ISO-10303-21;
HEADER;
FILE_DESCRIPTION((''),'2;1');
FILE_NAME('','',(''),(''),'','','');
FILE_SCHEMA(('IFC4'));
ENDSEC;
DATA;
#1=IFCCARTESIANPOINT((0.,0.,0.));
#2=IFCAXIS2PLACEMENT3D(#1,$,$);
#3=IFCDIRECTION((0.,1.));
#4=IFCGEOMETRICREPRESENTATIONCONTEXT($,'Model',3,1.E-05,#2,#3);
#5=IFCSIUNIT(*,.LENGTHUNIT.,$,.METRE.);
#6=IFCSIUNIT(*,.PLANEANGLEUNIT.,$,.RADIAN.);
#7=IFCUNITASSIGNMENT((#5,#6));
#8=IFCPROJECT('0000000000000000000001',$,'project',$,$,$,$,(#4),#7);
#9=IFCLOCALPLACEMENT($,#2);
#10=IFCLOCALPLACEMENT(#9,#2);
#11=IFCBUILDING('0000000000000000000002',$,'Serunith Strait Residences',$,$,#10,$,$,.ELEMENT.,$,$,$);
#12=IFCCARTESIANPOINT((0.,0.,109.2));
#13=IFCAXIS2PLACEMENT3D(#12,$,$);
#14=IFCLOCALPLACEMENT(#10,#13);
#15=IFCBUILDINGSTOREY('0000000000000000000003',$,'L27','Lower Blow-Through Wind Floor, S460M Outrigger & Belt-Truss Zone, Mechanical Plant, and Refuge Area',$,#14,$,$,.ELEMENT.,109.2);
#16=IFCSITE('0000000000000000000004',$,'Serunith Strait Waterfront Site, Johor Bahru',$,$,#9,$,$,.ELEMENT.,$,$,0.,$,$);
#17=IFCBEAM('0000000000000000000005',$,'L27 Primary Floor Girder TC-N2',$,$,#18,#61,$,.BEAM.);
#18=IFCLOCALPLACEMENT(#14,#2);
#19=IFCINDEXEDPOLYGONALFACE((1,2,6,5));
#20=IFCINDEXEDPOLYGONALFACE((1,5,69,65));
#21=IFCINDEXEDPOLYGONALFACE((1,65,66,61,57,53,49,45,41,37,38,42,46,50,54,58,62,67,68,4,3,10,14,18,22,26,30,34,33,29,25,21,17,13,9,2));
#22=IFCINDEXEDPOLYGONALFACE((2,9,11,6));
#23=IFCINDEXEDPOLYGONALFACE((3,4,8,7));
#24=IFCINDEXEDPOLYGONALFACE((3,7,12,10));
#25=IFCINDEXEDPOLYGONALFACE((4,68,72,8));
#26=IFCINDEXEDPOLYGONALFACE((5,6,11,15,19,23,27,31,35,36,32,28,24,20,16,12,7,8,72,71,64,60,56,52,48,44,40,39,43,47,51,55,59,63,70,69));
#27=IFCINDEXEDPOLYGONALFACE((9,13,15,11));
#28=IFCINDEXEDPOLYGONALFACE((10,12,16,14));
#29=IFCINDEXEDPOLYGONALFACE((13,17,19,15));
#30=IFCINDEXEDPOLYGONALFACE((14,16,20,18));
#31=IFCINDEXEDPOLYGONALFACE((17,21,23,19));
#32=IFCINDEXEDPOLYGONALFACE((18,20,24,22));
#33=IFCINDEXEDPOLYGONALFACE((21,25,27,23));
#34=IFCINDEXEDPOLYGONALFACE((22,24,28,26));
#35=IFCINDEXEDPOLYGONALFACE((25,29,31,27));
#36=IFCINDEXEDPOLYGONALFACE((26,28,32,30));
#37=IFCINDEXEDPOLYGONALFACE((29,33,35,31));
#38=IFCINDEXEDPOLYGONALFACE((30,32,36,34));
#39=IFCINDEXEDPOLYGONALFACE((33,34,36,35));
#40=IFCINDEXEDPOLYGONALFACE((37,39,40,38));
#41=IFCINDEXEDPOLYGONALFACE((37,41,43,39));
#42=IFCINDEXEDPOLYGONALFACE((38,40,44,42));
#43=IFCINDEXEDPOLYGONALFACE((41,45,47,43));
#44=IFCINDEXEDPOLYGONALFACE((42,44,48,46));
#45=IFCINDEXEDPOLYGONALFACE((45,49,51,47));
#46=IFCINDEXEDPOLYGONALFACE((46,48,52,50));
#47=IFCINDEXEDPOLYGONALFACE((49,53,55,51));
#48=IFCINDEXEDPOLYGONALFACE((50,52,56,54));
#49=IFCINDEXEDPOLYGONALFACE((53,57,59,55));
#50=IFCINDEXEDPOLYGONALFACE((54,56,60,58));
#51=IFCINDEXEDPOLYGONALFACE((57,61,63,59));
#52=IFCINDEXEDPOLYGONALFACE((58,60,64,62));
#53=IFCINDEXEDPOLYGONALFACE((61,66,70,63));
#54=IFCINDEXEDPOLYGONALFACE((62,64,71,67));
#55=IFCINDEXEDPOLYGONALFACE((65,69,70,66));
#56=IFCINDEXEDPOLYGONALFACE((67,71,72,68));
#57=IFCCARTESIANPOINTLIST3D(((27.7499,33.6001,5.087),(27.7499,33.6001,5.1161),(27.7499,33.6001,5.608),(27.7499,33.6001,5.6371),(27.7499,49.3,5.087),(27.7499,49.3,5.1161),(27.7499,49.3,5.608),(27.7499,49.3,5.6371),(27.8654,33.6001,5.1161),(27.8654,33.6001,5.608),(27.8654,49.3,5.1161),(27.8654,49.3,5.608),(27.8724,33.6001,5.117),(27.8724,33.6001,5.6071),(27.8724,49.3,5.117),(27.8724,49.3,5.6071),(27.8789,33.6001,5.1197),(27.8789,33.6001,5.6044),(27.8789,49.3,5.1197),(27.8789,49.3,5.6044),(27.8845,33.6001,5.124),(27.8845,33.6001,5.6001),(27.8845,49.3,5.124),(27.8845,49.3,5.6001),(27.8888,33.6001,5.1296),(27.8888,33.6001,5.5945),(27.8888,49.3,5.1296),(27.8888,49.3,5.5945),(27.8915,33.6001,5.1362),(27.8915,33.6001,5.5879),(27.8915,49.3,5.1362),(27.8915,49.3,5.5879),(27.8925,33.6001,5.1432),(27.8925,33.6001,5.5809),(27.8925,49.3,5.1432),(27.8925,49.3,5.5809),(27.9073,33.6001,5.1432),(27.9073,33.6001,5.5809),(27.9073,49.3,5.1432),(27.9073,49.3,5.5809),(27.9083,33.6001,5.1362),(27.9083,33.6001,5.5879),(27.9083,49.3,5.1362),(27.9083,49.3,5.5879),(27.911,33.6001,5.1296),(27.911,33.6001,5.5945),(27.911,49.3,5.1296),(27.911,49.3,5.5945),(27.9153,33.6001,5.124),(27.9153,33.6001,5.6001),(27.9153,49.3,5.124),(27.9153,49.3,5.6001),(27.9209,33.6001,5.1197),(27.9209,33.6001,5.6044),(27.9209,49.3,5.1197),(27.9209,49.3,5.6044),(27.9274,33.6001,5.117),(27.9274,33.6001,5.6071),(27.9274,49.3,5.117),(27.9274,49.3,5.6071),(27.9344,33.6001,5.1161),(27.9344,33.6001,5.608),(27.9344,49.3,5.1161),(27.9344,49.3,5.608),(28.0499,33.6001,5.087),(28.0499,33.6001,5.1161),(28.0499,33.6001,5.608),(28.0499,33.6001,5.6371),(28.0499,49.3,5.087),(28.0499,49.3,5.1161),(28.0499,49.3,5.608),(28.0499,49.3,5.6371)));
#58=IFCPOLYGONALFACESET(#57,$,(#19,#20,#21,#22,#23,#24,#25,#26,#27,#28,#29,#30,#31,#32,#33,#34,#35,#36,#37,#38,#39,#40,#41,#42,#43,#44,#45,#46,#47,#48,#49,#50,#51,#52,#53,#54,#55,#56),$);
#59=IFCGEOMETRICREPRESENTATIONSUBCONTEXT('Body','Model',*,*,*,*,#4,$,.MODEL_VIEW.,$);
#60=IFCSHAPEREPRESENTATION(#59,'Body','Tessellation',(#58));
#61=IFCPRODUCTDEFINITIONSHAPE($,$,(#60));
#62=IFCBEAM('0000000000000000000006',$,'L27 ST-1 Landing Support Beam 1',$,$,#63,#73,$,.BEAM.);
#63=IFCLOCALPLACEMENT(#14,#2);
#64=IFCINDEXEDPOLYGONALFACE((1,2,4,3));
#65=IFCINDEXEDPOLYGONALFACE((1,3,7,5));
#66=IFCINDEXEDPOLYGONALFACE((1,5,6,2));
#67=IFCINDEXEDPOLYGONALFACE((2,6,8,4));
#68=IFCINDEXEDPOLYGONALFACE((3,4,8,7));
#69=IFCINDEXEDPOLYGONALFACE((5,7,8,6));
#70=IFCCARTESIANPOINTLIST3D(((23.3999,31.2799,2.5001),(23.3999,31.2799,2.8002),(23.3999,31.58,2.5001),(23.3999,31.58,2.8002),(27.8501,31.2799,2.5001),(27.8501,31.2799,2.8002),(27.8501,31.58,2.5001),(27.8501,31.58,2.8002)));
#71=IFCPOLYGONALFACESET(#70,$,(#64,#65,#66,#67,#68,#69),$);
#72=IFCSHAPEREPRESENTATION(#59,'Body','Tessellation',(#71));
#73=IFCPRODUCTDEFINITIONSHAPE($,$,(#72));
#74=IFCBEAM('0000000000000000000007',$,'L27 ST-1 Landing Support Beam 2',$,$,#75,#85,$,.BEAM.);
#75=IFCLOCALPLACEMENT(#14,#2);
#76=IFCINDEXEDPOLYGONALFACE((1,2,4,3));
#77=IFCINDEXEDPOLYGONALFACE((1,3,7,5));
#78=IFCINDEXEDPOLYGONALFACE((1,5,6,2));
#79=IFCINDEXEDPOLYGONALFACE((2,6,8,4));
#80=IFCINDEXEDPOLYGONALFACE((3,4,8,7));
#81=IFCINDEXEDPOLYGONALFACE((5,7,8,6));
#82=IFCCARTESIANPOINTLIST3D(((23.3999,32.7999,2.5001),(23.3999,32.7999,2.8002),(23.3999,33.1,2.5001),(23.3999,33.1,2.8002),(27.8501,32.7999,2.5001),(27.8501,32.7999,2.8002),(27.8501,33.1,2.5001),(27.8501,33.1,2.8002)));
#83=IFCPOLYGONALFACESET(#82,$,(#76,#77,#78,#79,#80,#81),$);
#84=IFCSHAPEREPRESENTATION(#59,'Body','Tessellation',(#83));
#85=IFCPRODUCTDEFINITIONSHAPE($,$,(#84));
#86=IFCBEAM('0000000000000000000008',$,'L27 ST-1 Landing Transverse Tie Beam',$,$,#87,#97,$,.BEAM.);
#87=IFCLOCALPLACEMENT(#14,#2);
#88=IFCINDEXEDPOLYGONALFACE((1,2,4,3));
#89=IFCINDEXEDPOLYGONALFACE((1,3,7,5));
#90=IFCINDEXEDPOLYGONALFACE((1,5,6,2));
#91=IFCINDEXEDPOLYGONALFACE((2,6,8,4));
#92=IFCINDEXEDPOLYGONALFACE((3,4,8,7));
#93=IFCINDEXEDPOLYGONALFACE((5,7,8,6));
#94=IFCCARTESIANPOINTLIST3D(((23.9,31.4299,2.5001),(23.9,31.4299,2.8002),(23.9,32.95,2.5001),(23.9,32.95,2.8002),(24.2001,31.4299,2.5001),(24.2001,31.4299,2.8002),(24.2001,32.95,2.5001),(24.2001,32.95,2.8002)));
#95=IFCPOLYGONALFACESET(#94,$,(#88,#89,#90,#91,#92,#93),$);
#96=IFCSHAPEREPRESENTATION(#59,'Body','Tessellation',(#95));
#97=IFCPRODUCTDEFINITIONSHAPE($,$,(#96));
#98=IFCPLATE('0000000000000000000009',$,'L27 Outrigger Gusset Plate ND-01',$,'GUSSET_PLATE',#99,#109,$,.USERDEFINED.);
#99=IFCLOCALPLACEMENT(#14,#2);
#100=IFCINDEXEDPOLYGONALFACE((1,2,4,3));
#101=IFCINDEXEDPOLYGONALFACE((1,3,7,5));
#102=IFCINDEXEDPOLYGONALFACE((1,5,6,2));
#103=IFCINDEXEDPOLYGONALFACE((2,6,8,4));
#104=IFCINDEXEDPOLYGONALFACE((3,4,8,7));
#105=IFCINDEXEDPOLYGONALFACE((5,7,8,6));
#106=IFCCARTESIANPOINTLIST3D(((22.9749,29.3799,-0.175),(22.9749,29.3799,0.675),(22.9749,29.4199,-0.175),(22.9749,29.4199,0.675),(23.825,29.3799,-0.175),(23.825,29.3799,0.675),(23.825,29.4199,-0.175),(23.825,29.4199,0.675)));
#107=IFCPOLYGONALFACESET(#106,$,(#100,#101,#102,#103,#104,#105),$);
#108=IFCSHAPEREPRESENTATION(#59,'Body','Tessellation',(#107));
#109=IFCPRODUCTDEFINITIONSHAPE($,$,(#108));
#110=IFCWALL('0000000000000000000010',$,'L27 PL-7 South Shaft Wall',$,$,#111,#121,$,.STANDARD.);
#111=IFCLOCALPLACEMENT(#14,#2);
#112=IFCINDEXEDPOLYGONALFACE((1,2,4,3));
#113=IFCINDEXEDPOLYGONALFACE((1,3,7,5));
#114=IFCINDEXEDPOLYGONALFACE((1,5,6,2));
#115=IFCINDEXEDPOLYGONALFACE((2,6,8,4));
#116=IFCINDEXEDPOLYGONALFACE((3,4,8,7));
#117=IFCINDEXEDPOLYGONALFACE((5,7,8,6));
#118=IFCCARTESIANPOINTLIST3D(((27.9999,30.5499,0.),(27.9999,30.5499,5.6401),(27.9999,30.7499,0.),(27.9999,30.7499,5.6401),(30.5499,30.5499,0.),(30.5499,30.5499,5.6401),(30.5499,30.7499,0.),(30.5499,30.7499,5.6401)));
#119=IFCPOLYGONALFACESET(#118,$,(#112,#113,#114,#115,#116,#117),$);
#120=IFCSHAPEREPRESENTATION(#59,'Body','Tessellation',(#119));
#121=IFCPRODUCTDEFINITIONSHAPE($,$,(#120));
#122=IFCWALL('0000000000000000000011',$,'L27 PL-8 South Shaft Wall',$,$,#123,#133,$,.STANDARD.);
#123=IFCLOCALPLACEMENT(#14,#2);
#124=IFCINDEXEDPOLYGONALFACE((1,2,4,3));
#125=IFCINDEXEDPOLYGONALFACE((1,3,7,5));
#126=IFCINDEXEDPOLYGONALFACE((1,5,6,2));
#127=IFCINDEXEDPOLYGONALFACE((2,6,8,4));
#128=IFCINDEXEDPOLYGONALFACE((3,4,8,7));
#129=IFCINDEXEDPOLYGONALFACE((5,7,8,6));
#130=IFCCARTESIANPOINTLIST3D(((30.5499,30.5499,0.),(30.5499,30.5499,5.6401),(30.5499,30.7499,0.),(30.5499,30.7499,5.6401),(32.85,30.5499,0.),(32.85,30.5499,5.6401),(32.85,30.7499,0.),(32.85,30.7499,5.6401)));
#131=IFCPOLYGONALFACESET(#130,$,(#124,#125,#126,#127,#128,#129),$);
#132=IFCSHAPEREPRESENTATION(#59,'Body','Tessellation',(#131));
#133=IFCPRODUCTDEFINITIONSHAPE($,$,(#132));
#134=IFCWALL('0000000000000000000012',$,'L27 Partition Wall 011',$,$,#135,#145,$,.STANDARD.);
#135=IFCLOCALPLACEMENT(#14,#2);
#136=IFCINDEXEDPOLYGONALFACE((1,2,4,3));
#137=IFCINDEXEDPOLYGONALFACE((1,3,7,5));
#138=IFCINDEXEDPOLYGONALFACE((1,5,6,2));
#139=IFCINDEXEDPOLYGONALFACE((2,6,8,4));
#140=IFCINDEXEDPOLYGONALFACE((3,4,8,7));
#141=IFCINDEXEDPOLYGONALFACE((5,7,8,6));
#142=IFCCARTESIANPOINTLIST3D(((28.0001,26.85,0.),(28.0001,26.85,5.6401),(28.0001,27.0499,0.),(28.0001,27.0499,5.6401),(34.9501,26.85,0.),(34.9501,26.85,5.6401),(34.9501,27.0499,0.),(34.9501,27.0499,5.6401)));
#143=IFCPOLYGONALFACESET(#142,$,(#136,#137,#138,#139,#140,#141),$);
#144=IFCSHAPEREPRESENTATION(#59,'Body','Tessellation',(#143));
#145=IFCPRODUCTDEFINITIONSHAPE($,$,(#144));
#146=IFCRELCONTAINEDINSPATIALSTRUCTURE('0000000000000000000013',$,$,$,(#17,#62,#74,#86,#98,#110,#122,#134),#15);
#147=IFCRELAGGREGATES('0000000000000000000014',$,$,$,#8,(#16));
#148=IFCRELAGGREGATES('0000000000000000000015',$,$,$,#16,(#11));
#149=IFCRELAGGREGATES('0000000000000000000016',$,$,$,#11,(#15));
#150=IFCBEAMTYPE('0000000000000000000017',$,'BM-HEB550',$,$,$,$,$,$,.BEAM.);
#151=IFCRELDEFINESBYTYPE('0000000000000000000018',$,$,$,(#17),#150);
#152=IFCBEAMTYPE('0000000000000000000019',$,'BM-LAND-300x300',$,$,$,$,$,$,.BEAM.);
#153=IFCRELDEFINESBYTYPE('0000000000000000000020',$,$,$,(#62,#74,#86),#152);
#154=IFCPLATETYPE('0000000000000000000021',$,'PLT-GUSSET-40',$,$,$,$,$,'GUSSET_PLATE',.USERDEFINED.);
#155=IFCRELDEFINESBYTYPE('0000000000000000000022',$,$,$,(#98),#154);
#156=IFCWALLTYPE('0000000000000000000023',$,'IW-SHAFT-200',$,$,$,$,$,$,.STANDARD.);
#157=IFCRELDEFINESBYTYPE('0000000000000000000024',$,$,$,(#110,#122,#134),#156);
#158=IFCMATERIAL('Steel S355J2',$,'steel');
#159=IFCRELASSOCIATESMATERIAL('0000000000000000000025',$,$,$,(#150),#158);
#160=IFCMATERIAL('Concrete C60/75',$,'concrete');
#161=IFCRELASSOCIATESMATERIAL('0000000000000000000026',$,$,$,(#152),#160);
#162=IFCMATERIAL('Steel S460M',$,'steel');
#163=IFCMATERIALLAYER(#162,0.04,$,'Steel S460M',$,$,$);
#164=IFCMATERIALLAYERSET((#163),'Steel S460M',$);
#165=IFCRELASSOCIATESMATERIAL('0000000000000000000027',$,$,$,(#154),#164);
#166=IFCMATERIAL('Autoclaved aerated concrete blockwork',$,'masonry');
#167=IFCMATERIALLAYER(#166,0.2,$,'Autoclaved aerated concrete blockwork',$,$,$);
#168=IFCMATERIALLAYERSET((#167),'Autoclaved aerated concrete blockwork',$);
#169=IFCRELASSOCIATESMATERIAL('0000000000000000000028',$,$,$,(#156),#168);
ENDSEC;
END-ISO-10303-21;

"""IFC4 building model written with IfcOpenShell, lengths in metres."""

from ifc_helpers import new_model, si_unit, direction, frame, frame_2d, origin, origin_2d, place, context, subcontext, project, spatial, rectangle, i_section, extrude, source, transform, mapped, material, layer, layer_set, material_profile, profile_set, type_object, element, save


model = new_model("IFC4")

# Units and contexts
model_context = context("Model", 3, precision=1e-05, world=origin(), true_north=direction((0.0, 1.0)))
body_context = subcontext(model_context, "Body", "Model", "MODEL_VIEW")
ifc_project = project(units=[si_unit("LENGTHUNIT", "METRE"), si_unit("PLANEANGLEUNIT", "RADIAN")], contexts=[model_context])

# Site, building, storey
site_placement = place(None, origin())
site = spatial("IfcSite", under=ifc_project, at=site_placement, Name="Serunith Strait Waterfront Site, Johor Bahru", CompositionType="ELEMENT", RefElevation=0.0)
building_placement = place(site_placement, origin())
building = spatial("IfcBuilding", under=site, at=building_placement, Name="Serunith Strait Residences", CompositionType="ELEMENT")
storey_placement = place(building_placement, frame((0.0, 0.0, 109.2)))
storey = spatial("IfcBuildingStorey", under=building, at=storey_placement, Name="L27", Description="Lower Blow-Through Wind Floor, S460M Outrigger & Belt-Truss Zone, Mechanical Plant, and Refuge Area", CompositionType="ELEMENT", Elevation=109.2)

# Beams
ifc_material_1 = material(Name="Steel S355J2", Category="steel")
ifc_material_profile_1 = material_profile(ifc_material_1, i_section(OverallWidth=0.3, OverallDepth=0.55, WebThickness=0.0149, FlangeThickness=0.0291, FilletRadius=0.0271, at=origin_2d()), Name="HEB 550")
ifc_profile_set_1 = profile_set([ifc_material_profile_1], Name="Steel S355J2")
beam_type_1 = type_object("IfcBeamType", Name="BM-HEB550", PredefinedType="BEAM", material=ifc_profile_set_1)
shared_shape_1 = source(origin(), body_context, "Body", "SweptSolid", [
    extrude(i_section(OverallWidth=0.3, OverallDepth=0.55, WebThickness=0.0149, FlangeThickness=0.0291, FilletRadius=0.0271, at=origin_2d()), origin(), (0.0, 0.0, 1.0), 15.7),
])
beam_1_placement = place(storey_placement, frame((27.8999, 33.6001, 5.3621), z_axis=(0.0, 1.0, 0.0), x_axis=(-1.0, 0.0, 0.0)))
element("IfcBeam", 1, at=beam_1_placement, inside=storey, type_object=beam_type_1, Name="L27 Primary Floor Girder TC-N2", PredefinedType="BEAM", context=body_context, shape_type="MappedRepresentation", body=[
    mapped(shared_shape_1, transform((0.0, 0.0, 0.0), scale=1.0)),
])
ifc_material_2 = material(Name="Concrete C60/75", Category="concrete")
ifc_material_profile_2 = material_profile(ifc_material_2, rectangle(XDim=0.3, YDim=0.3, at=origin_2d()), Name="RC 300x300")
ifc_profile_set_2 = profile_set([ifc_material_profile_2], Name="Concrete C60/75")
beam_type_2 = type_object("IfcBeamType", Name="BM-LAND-300x300", PredefinedType="BEAM", material=ifc_profile_set_2)
shared_shape_2 = source(origin(), body_context, "Body", "SweptSolid", [
    extrude(rectangle(XDim=0.3, YDim=0.3, at=origin_2d()), origin(), (0.0, 0.0, 1.0), 4.4502),
])
for number, where, z_axis, x_axis, name in (
    (2, (23.3999, 31.4299, 2.6501), (1.0, 0.0, 0.0), (0.0, 1.0, 0.0), "L27 ST-1 Landing Support Beam 1"),
    (3, (23.3999, 32.95, 2.6501), (1.0, 0.0, 0.0), (0.0, 1.0, 0.0), "L27 ST-1 Landing Support Beam 2"),
):
    element("IfcBeam", number, at=place(storey_placement, frame(where, z_axis=z_axis, x_axis=x_axis)), inside=storey, type_object=beam_type_2, Name=name, PredefinedType="BEAM", context=body_context, shape_type="MappedRepresentation", body=[
        mapped(shared_shape_2, transform((0.0, 0.0, 0.0), scale=1.0)),
    ])
shared_shape_3 = source(origin(), body_context, "Body", "SweptSolid", [
    extrude(rectangle(XDim=0.3, YDim=0.3, at=origin_2d()), origin(), (0.0, 0.0, 1.0), 1.52),
])
beam_2_placement = place(storey_placement, frame((24.05, 31.4299, 2.6501), z_axis=(0.0, 1.0, 0.0), x_axis=(-1.0, 0.0, 0.0)))
element("IfcBeam", 4, at=beam_2_placement, inside=storey, type_object=beam_type_2, Name="L27 ST-1 Landing Transverse Tie Beam", PredefinedType="BEAM", context=body_context, shape_type="MappedRepresentation", body=[
    mapped(shared_shape_3, transform((0.0, 0.0, 0.0), scale=1.0)),
])

# Plate
ifc_material_3 = material(Name="Steel S460M", Category="steel")
ifc_layer_1 = layer(ifc_material_3, 0.04, Name="Steel S460M")
ifc_layer_set_1 = layer_set([ifc_layer_1], Name="Steel S460M")
plate_type = type_object("IfcPlateType", Name="PLT-GUSSET-40", ElementType="GUSSET_PLATE", PredefinedType="USERDEFINED", material=ifc_layer_set_1)
shared_shape_4 = source(origin(), body_context, "Body", "SweptSolid", [
    extrude(rectangle(XDim=0.8501, YDim=0.04, at=origin_2d()), origin(), (0.0, 0.0, 1.0), 0.8501),
])
plate_placement = place(storey_placement, frame((23.3999, 29.3999, -0.175), z_axis=(0.0, 0.0, 1.0), x_axis=(-1.0, 0.0, 0.0)))
element("IfcPlate", 5, at=plate_placement, inside=storey, type_object=plate_type, Name="L27 Outrigger Gusset Plate ND-01", ObjectType="GUSSET_PLATE", PredefinedType="USERDEFINED", context=body_context, shape_type="MappedRepresentation", body=[
    mapped(shared_shape_4, transform((0.0, 0.0, 0.0), scale=1.0)),
])

# Walls
ifc_material_4 = material(Name="Autoclaved aerated concrete blockwork", Category="masonry")
ifc_layer_2 = layer(ifc_material_4, 0.2, Name="Autoclaved aerated concrete blockwork")
ifc_layer_set_2 = layer_set([ifc_layer_2], Name="Autoclaved aerated concrete blockwork")
wall_type = type_object("IfcWallType", Name="IW-SHAFT-200", PredefinedType="STANDARD", material=ifc_layer_set_2)
wall_1_placement = place(storey_placement, frame((28.0, 30.6499, 0.0), z_axis=(0.0, 0.0, 1.0), x_axis=(1.0, 0.0, 0.0)))
element("IfcWall", 6, at=wall_1_placement, inside=storey, type_object=wall_type, Name="L27 PL-7 South Shaft Wall", PredefinedType="STANDARD", context=body_context, shape_type="SweptSolid", body=[
    extrude(rectangle(XDim=2.55, YDim=0.2, at=frame_2d((1.2749, 0.0))), origin(), (0.0, 0.0, 1.0), 5.6401),
])
wall_2_placement = place(storey_placement, frame((30.55, 30.6499, 0.0), z_axis=(0.0, 0.0, 1.0), x_axis=(1.0, 0.0, 0.0)))
element("IfcWall", 7, at=wall_2_placement, inside=storey, type_object=wall_type, Name="L27 PL-8 South Shaft Wall", PredefinedType="STANDARD", context=body_context, shape_type="SweptSolid", body=[
    extrude(rectangle(XDim=2.3, YDim=0.2, at=frame_2d((1.1499, 0.0))), origin(), (0.0, 0.0, 1.0), 5.6401),
])
wall_3_placement = place(storey_placement, frame((28.0, 26.95, 0.0), z_axis=(0.0, 0.0, 1.0), x_axis=(1.0, 0.0, 0.0)))
element("IfcWall", 8, at=wall_3_placement, inside=storey, type_object=wall_type, Name="L27 Partition Wall 011", PredefinedType="STANDARD", context=body_context, shape_type="SweptSolid", body=[
    extrude(rectangle(XDim=6.95, YDim=0.2, at=frame_2d((3.4751, 0.0))), origin(), (0.0, 0.0, 1.0), 5.6401),
])

save(model, "model.ifc")
